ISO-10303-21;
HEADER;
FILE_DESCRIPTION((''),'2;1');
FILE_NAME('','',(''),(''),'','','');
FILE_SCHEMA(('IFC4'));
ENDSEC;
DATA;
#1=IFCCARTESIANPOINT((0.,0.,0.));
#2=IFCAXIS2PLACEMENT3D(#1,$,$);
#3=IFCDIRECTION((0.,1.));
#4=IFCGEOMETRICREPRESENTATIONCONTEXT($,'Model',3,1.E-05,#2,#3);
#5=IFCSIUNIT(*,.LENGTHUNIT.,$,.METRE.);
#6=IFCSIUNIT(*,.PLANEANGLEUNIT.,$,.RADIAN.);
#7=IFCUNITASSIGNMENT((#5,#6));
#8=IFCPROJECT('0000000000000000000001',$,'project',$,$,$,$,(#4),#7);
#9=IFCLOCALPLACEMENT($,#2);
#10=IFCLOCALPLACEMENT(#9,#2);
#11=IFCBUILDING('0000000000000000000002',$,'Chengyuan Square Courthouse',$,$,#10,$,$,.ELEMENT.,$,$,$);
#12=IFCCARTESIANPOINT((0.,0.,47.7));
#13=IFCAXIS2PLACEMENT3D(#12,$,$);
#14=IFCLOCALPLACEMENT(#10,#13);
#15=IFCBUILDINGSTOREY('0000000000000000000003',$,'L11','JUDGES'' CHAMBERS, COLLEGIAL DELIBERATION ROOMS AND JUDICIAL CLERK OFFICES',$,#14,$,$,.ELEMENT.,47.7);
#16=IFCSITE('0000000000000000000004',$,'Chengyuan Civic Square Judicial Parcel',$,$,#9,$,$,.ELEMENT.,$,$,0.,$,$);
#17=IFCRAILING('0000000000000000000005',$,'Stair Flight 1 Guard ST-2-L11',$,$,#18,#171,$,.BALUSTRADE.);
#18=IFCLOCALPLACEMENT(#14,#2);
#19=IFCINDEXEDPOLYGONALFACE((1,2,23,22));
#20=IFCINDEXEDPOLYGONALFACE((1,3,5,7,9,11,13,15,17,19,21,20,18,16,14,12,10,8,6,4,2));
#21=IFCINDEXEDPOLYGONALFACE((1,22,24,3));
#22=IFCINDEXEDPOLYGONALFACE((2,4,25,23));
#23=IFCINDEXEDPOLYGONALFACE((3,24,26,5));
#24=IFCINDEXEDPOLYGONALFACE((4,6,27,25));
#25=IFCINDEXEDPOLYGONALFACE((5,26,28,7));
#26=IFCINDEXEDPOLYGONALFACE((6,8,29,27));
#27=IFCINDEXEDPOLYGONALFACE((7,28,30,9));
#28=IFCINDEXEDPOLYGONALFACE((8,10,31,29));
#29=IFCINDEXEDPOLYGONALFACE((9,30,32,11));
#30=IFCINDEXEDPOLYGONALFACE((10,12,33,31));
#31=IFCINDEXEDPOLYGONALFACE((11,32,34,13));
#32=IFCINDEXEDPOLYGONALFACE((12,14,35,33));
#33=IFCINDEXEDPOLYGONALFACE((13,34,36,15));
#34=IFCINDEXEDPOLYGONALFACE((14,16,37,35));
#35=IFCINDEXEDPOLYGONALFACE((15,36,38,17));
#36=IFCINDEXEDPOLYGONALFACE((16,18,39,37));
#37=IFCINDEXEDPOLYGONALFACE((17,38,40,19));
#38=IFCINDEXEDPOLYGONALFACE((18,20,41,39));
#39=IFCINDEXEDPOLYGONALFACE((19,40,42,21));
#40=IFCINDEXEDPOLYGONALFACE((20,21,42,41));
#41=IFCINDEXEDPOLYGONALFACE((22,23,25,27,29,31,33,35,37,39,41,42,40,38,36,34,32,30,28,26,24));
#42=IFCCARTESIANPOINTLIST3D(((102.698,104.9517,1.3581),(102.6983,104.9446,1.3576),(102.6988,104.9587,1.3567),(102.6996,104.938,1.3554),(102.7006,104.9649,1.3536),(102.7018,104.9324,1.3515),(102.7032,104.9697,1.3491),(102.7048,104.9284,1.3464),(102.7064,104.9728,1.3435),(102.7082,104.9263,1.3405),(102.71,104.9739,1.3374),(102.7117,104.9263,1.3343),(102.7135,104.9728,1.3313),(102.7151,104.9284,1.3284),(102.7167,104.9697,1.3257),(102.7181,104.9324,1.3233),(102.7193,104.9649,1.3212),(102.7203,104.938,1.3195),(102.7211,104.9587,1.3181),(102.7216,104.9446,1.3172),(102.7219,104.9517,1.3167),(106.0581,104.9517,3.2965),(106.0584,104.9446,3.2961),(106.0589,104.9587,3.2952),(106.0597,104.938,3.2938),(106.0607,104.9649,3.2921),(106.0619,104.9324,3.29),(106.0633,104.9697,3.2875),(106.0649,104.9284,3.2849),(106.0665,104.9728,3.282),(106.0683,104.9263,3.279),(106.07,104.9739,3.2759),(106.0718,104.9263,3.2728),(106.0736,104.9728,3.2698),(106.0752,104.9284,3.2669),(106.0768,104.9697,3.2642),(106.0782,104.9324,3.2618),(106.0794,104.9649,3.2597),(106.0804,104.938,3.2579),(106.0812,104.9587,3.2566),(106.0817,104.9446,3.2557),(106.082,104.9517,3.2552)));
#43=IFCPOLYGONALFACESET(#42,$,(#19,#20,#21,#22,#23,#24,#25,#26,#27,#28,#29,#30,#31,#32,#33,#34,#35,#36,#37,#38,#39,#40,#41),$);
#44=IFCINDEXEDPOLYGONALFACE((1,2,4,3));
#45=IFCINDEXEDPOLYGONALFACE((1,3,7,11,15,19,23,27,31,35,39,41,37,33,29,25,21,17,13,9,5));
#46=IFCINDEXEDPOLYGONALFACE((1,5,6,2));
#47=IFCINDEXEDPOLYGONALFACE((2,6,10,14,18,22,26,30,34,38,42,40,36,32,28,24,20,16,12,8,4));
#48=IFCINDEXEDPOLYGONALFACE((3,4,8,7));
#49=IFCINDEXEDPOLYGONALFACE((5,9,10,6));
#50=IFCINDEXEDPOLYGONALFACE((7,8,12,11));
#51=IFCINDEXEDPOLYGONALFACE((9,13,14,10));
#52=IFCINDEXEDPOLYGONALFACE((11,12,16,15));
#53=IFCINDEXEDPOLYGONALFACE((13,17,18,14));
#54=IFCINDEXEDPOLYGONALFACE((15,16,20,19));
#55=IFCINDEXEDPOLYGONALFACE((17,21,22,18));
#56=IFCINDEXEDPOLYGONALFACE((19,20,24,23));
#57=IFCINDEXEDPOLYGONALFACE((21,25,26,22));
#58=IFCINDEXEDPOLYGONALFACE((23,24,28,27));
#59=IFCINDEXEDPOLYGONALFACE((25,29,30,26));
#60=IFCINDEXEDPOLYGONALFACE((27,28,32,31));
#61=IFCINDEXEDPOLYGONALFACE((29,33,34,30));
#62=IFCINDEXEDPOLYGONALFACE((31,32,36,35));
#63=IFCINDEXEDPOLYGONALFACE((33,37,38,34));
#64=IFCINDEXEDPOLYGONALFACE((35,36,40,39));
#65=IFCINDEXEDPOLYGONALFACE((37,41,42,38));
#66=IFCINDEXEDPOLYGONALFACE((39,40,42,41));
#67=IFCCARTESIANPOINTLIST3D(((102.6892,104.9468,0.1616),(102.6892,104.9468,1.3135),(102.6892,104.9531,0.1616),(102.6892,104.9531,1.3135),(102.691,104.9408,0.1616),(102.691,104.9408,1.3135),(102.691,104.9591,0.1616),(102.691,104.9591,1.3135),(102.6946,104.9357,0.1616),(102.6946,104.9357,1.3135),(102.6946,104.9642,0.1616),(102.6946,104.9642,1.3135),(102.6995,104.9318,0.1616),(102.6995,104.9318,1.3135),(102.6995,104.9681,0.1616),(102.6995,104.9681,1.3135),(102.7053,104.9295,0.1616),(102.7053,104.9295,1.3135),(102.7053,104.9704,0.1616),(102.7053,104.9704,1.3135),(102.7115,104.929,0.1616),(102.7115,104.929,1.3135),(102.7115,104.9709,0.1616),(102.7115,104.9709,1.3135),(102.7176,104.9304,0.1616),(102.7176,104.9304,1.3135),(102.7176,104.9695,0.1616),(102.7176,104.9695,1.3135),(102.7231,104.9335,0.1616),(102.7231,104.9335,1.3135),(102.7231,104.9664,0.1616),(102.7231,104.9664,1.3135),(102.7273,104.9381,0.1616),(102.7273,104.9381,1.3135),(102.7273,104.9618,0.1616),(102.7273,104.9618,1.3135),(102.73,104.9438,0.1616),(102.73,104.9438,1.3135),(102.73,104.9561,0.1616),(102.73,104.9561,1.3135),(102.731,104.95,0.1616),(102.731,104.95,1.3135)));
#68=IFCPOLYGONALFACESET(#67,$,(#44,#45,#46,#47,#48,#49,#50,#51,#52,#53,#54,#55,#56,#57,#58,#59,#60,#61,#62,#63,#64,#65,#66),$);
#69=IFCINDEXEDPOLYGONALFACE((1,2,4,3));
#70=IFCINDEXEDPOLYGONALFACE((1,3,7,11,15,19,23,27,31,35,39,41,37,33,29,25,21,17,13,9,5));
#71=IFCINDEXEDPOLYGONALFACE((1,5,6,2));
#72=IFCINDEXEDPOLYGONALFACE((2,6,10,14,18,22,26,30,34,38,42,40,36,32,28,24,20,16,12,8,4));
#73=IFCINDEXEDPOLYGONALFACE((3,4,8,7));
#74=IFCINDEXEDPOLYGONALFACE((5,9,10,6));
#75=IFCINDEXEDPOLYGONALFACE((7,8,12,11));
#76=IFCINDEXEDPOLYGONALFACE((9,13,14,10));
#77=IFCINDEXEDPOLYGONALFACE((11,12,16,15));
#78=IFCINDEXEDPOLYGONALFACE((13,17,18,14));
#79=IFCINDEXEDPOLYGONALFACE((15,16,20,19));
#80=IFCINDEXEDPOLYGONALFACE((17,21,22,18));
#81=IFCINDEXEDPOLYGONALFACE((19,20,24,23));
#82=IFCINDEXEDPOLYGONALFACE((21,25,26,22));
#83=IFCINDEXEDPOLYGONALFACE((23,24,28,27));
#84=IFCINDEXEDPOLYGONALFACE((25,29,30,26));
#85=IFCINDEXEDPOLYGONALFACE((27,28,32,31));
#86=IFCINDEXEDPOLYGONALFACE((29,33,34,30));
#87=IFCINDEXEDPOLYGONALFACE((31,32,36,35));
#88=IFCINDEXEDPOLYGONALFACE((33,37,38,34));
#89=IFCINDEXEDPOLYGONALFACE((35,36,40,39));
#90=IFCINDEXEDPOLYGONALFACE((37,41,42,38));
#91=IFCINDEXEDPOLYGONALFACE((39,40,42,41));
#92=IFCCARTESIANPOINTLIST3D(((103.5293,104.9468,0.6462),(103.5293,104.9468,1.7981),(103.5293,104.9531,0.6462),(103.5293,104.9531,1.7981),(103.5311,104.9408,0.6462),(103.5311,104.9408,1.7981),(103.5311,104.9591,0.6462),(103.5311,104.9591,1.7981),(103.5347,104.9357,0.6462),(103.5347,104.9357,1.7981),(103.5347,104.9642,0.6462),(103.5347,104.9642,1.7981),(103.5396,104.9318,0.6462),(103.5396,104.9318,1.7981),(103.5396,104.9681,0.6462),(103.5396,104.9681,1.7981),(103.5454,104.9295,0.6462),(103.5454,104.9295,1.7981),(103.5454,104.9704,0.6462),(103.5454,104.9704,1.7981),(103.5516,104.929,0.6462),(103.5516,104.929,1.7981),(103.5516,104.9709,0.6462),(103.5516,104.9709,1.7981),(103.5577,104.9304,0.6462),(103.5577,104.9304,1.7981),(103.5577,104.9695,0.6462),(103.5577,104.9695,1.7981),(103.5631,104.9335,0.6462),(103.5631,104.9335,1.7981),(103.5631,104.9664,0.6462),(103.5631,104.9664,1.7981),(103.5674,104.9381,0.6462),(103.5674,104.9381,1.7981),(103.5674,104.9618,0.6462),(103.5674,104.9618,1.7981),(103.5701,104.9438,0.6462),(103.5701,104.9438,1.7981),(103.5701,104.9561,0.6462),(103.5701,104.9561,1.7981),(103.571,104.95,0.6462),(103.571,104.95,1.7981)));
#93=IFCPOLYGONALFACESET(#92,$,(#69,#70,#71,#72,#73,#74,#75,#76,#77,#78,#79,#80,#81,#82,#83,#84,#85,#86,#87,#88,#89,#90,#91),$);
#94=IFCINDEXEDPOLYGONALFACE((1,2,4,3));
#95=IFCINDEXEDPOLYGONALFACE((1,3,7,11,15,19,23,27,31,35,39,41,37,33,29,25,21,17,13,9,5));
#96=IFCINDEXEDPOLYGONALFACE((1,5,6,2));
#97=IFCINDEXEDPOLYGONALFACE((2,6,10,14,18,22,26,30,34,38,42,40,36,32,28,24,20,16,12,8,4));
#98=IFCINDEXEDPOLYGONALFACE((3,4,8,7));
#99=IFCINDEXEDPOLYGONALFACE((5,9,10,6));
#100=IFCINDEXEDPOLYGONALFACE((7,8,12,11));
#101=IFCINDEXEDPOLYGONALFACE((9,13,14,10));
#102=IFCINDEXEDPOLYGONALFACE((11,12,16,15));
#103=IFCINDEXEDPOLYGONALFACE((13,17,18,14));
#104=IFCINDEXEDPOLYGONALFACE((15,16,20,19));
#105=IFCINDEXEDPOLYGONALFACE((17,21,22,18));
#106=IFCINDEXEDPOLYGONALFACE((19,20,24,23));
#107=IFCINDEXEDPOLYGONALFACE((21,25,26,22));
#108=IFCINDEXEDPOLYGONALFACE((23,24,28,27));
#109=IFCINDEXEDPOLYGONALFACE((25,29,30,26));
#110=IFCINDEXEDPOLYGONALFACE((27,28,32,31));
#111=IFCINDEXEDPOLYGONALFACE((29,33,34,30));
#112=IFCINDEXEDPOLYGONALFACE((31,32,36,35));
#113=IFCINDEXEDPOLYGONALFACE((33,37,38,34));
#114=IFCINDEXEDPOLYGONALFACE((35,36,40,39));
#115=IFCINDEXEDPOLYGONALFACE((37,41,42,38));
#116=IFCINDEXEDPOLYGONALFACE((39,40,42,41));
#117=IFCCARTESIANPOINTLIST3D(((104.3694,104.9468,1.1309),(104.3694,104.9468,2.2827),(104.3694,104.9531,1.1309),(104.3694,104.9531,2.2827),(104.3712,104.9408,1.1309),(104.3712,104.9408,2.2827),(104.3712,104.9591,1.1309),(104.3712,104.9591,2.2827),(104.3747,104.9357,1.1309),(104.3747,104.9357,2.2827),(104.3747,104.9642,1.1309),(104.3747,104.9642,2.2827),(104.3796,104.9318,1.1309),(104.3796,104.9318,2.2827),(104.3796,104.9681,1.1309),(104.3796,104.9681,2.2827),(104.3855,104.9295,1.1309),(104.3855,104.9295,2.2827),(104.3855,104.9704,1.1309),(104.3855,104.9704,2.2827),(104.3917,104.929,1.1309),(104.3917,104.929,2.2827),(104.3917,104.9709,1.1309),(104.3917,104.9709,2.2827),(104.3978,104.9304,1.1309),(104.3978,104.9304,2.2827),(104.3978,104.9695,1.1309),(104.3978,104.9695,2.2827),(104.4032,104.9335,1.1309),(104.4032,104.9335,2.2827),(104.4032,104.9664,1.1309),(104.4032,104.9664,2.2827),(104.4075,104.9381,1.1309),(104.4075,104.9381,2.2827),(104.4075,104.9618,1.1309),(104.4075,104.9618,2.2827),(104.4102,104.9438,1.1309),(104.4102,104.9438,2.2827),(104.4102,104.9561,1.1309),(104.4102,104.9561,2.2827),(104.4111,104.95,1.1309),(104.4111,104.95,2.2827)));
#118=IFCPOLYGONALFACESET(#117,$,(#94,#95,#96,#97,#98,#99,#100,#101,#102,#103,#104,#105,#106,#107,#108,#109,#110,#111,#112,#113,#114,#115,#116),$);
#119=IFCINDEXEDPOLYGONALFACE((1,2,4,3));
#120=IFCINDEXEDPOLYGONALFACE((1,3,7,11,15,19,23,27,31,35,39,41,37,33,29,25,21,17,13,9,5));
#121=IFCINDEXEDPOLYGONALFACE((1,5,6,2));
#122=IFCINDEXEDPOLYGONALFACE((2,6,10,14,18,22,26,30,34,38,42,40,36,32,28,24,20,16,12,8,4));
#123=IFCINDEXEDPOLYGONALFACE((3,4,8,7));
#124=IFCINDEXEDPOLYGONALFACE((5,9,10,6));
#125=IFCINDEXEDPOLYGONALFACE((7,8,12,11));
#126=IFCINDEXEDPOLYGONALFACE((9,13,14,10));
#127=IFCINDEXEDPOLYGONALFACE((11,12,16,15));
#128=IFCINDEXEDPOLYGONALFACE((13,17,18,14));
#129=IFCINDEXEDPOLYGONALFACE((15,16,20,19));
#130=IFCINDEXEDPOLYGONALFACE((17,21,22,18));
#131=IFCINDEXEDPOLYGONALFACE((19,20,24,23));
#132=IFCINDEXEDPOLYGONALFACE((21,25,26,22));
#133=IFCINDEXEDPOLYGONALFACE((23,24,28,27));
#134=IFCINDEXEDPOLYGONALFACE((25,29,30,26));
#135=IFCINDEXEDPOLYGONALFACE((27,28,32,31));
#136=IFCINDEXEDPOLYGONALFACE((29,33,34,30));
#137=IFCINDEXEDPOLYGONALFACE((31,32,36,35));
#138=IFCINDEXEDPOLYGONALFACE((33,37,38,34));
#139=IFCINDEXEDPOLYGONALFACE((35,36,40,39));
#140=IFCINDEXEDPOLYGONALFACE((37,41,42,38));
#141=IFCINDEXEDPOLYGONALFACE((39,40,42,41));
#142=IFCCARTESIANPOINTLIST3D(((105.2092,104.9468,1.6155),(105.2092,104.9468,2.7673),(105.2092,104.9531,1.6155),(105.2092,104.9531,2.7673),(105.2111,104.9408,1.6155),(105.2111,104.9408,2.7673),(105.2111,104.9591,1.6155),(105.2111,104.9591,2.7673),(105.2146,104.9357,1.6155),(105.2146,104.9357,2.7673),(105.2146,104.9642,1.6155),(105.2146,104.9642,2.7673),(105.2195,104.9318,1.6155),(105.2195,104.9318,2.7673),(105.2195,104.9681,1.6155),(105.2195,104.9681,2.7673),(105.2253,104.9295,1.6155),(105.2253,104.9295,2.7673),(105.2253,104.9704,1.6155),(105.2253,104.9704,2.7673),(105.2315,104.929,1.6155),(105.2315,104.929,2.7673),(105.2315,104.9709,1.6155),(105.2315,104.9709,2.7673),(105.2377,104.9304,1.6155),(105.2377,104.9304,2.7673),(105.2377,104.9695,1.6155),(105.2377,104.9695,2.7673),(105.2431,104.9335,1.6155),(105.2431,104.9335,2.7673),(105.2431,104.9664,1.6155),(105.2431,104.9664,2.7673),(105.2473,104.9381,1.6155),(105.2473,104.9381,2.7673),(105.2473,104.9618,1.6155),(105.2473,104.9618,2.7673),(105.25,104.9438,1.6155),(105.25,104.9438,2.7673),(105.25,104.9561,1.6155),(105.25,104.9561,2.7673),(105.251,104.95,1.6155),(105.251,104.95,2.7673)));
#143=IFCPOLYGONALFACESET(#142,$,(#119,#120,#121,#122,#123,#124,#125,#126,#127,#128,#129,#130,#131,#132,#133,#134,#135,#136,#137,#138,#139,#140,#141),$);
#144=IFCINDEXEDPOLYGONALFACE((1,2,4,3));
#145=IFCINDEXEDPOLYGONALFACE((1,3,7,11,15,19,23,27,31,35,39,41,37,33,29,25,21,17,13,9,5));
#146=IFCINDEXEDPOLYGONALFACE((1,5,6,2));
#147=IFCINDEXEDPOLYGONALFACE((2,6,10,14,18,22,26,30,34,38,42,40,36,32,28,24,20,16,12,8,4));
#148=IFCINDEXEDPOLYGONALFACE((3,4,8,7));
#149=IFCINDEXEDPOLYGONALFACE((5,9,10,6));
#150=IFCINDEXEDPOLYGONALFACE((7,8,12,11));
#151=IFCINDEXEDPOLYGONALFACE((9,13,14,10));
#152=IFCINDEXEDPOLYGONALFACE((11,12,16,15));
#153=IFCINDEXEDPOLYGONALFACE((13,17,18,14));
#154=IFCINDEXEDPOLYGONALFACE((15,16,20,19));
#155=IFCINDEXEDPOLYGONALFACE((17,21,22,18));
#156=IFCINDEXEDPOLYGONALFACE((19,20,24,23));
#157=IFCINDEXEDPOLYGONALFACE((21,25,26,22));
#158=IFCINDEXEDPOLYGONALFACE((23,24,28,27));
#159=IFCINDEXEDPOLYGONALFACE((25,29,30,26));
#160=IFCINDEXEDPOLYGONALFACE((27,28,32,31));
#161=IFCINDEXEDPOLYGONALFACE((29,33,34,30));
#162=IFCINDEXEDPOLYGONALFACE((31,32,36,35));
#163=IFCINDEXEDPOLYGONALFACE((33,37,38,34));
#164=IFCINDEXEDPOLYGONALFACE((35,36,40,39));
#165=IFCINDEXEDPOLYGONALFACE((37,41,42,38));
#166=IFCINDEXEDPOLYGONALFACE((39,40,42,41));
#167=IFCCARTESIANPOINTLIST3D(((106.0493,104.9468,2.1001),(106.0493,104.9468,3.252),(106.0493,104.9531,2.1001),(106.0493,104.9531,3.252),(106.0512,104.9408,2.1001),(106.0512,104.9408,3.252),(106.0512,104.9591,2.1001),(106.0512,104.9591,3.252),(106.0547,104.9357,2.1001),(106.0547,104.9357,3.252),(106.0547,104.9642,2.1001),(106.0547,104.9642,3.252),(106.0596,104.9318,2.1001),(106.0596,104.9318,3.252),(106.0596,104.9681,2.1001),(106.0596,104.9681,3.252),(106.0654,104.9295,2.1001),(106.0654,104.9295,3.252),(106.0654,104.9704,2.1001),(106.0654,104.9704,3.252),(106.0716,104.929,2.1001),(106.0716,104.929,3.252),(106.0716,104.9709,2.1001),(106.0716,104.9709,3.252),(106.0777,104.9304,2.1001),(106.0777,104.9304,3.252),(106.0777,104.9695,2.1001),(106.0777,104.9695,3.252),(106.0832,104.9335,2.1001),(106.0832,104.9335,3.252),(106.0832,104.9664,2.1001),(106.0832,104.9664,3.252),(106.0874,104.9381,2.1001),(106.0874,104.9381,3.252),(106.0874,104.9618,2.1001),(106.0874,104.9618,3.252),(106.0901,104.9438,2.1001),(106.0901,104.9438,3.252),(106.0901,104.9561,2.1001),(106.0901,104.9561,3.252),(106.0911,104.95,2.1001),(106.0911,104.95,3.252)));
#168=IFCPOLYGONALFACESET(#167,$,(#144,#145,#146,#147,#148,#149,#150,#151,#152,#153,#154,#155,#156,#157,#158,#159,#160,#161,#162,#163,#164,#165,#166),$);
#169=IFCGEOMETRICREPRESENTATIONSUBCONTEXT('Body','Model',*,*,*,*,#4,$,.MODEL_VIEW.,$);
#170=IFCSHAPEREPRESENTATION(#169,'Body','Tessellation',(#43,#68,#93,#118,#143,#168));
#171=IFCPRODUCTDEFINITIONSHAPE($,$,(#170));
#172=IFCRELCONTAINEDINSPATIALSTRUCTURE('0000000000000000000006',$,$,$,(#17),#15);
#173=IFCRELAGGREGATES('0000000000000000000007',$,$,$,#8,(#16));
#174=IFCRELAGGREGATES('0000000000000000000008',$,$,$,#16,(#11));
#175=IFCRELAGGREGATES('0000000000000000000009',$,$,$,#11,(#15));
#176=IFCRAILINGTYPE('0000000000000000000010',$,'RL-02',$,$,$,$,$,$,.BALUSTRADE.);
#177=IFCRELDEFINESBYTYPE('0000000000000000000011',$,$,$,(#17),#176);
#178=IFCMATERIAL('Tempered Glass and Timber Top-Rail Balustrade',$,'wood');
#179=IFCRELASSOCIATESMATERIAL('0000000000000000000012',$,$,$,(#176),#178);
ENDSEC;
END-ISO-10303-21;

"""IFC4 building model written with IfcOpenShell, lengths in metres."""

from ifc_helpers import new_model, si_unit, direction, frame, origin, origin_2d, place, context, subcontext, project, spatial, circle, extrude, material, type_object, element, save


model = new_model("IFC4")

# Units and contexts
model_context = context("Model", 3, precision=1e-05, world=origin(), true_north=direction((0.0, 1.0)))
body_context = subcontext(model_context, "Body", "Model", "MODEL_VIEW")
ifc_project = project(units=[si_unit("LENGTHUNIT", "METRE"), si_unit("PLANEANGLEUNIT", "RADIAN")], contexts=[model_context])

# Site, building, storey
site_placement = place(None, origin())
site = spatial("IfcSite", under=ifc_project, at=site_placement, Name="Chengyuan Civic Square Judicial Parcel", CompositionType="ELEMENT", RefElevation=0.0)
building_placement = place(site_placement, origin())
building = spatial("IfcBuilding", under=site, at=building_placement, Name="Chengyuan Square Courthouse", CompositionType="ELEMENT")
storey_placement = place(building_placement, frame((0.0, 0.0, 47.7)))
storey = spatial("IfcBuildingStorey", under=building, at=storey_placement, Name="L11", Description="JUDGES' CHAMBERS, COLLEGIAL DELIBERATION ROOMS AND JUDICIAL CLERK OFFICES", CompositionType="ELEMENT", Elevation=47.7)

# Railing
ifc_material_1 = material(Name="Tempered Glass and Timber Top-Rail Balustrade", Category="wood")
railing_type_1 = type_object("IfcRailingType", Name="RL-02", PredefinedType="BALUSTRADE", material=ifc_material_1)
railing_1_placement = place(storey_placement, frame((102.71, 104.95, 0.1616)))
element("IfcRailing", 1, at=railing_1_placement, inside=storey, type_object=railing_type_1, Name="Stair Flight 1 Guard ST-2-L11", PredefinedType="BALUSTRADE", context=body_context, shape_type="SweptSolid", body=[
    extrude(circle(Radius=0.0239, at=origin_2d()), frame((0.0, 0.0, 1.1758), z_axis=(0.866191, 0.0, 0.499713), x_axis=(0.0, 1.0, 0.0)), (0.0, 0.0, 1.0), 3.8792),
    extrude(circle(Radius=0.021, at=origin_2d()), origin(), (0.0, 0.0, 1.0), 1.1519),
    extrude(circle(Radius=0.021, at=origin_2d()), frame((0.8401, 0.0, 0.4846)), (0.0, 0.0, 1.0), 1.1519),
    extrude(circle(Radius=0.021, at=origin_2d()), frame((1.6802, 0.0, 0.9692)), (0.0, 0.0, 1.0), 1.1519),
    extrude(circle(Radius=0.021, at=origin_2d()), frame((2.52, 0.0, 1.4539)), (0.0, 0.0, 1.0), 1.1519),
    extrude(circle(Radius=0.021, at=origin_2d()), frame((3.3601, 0.0, 1.9385)), (0.0, 0.0, 1.0), 1.1519),
])

save(model, "model.ifc")
